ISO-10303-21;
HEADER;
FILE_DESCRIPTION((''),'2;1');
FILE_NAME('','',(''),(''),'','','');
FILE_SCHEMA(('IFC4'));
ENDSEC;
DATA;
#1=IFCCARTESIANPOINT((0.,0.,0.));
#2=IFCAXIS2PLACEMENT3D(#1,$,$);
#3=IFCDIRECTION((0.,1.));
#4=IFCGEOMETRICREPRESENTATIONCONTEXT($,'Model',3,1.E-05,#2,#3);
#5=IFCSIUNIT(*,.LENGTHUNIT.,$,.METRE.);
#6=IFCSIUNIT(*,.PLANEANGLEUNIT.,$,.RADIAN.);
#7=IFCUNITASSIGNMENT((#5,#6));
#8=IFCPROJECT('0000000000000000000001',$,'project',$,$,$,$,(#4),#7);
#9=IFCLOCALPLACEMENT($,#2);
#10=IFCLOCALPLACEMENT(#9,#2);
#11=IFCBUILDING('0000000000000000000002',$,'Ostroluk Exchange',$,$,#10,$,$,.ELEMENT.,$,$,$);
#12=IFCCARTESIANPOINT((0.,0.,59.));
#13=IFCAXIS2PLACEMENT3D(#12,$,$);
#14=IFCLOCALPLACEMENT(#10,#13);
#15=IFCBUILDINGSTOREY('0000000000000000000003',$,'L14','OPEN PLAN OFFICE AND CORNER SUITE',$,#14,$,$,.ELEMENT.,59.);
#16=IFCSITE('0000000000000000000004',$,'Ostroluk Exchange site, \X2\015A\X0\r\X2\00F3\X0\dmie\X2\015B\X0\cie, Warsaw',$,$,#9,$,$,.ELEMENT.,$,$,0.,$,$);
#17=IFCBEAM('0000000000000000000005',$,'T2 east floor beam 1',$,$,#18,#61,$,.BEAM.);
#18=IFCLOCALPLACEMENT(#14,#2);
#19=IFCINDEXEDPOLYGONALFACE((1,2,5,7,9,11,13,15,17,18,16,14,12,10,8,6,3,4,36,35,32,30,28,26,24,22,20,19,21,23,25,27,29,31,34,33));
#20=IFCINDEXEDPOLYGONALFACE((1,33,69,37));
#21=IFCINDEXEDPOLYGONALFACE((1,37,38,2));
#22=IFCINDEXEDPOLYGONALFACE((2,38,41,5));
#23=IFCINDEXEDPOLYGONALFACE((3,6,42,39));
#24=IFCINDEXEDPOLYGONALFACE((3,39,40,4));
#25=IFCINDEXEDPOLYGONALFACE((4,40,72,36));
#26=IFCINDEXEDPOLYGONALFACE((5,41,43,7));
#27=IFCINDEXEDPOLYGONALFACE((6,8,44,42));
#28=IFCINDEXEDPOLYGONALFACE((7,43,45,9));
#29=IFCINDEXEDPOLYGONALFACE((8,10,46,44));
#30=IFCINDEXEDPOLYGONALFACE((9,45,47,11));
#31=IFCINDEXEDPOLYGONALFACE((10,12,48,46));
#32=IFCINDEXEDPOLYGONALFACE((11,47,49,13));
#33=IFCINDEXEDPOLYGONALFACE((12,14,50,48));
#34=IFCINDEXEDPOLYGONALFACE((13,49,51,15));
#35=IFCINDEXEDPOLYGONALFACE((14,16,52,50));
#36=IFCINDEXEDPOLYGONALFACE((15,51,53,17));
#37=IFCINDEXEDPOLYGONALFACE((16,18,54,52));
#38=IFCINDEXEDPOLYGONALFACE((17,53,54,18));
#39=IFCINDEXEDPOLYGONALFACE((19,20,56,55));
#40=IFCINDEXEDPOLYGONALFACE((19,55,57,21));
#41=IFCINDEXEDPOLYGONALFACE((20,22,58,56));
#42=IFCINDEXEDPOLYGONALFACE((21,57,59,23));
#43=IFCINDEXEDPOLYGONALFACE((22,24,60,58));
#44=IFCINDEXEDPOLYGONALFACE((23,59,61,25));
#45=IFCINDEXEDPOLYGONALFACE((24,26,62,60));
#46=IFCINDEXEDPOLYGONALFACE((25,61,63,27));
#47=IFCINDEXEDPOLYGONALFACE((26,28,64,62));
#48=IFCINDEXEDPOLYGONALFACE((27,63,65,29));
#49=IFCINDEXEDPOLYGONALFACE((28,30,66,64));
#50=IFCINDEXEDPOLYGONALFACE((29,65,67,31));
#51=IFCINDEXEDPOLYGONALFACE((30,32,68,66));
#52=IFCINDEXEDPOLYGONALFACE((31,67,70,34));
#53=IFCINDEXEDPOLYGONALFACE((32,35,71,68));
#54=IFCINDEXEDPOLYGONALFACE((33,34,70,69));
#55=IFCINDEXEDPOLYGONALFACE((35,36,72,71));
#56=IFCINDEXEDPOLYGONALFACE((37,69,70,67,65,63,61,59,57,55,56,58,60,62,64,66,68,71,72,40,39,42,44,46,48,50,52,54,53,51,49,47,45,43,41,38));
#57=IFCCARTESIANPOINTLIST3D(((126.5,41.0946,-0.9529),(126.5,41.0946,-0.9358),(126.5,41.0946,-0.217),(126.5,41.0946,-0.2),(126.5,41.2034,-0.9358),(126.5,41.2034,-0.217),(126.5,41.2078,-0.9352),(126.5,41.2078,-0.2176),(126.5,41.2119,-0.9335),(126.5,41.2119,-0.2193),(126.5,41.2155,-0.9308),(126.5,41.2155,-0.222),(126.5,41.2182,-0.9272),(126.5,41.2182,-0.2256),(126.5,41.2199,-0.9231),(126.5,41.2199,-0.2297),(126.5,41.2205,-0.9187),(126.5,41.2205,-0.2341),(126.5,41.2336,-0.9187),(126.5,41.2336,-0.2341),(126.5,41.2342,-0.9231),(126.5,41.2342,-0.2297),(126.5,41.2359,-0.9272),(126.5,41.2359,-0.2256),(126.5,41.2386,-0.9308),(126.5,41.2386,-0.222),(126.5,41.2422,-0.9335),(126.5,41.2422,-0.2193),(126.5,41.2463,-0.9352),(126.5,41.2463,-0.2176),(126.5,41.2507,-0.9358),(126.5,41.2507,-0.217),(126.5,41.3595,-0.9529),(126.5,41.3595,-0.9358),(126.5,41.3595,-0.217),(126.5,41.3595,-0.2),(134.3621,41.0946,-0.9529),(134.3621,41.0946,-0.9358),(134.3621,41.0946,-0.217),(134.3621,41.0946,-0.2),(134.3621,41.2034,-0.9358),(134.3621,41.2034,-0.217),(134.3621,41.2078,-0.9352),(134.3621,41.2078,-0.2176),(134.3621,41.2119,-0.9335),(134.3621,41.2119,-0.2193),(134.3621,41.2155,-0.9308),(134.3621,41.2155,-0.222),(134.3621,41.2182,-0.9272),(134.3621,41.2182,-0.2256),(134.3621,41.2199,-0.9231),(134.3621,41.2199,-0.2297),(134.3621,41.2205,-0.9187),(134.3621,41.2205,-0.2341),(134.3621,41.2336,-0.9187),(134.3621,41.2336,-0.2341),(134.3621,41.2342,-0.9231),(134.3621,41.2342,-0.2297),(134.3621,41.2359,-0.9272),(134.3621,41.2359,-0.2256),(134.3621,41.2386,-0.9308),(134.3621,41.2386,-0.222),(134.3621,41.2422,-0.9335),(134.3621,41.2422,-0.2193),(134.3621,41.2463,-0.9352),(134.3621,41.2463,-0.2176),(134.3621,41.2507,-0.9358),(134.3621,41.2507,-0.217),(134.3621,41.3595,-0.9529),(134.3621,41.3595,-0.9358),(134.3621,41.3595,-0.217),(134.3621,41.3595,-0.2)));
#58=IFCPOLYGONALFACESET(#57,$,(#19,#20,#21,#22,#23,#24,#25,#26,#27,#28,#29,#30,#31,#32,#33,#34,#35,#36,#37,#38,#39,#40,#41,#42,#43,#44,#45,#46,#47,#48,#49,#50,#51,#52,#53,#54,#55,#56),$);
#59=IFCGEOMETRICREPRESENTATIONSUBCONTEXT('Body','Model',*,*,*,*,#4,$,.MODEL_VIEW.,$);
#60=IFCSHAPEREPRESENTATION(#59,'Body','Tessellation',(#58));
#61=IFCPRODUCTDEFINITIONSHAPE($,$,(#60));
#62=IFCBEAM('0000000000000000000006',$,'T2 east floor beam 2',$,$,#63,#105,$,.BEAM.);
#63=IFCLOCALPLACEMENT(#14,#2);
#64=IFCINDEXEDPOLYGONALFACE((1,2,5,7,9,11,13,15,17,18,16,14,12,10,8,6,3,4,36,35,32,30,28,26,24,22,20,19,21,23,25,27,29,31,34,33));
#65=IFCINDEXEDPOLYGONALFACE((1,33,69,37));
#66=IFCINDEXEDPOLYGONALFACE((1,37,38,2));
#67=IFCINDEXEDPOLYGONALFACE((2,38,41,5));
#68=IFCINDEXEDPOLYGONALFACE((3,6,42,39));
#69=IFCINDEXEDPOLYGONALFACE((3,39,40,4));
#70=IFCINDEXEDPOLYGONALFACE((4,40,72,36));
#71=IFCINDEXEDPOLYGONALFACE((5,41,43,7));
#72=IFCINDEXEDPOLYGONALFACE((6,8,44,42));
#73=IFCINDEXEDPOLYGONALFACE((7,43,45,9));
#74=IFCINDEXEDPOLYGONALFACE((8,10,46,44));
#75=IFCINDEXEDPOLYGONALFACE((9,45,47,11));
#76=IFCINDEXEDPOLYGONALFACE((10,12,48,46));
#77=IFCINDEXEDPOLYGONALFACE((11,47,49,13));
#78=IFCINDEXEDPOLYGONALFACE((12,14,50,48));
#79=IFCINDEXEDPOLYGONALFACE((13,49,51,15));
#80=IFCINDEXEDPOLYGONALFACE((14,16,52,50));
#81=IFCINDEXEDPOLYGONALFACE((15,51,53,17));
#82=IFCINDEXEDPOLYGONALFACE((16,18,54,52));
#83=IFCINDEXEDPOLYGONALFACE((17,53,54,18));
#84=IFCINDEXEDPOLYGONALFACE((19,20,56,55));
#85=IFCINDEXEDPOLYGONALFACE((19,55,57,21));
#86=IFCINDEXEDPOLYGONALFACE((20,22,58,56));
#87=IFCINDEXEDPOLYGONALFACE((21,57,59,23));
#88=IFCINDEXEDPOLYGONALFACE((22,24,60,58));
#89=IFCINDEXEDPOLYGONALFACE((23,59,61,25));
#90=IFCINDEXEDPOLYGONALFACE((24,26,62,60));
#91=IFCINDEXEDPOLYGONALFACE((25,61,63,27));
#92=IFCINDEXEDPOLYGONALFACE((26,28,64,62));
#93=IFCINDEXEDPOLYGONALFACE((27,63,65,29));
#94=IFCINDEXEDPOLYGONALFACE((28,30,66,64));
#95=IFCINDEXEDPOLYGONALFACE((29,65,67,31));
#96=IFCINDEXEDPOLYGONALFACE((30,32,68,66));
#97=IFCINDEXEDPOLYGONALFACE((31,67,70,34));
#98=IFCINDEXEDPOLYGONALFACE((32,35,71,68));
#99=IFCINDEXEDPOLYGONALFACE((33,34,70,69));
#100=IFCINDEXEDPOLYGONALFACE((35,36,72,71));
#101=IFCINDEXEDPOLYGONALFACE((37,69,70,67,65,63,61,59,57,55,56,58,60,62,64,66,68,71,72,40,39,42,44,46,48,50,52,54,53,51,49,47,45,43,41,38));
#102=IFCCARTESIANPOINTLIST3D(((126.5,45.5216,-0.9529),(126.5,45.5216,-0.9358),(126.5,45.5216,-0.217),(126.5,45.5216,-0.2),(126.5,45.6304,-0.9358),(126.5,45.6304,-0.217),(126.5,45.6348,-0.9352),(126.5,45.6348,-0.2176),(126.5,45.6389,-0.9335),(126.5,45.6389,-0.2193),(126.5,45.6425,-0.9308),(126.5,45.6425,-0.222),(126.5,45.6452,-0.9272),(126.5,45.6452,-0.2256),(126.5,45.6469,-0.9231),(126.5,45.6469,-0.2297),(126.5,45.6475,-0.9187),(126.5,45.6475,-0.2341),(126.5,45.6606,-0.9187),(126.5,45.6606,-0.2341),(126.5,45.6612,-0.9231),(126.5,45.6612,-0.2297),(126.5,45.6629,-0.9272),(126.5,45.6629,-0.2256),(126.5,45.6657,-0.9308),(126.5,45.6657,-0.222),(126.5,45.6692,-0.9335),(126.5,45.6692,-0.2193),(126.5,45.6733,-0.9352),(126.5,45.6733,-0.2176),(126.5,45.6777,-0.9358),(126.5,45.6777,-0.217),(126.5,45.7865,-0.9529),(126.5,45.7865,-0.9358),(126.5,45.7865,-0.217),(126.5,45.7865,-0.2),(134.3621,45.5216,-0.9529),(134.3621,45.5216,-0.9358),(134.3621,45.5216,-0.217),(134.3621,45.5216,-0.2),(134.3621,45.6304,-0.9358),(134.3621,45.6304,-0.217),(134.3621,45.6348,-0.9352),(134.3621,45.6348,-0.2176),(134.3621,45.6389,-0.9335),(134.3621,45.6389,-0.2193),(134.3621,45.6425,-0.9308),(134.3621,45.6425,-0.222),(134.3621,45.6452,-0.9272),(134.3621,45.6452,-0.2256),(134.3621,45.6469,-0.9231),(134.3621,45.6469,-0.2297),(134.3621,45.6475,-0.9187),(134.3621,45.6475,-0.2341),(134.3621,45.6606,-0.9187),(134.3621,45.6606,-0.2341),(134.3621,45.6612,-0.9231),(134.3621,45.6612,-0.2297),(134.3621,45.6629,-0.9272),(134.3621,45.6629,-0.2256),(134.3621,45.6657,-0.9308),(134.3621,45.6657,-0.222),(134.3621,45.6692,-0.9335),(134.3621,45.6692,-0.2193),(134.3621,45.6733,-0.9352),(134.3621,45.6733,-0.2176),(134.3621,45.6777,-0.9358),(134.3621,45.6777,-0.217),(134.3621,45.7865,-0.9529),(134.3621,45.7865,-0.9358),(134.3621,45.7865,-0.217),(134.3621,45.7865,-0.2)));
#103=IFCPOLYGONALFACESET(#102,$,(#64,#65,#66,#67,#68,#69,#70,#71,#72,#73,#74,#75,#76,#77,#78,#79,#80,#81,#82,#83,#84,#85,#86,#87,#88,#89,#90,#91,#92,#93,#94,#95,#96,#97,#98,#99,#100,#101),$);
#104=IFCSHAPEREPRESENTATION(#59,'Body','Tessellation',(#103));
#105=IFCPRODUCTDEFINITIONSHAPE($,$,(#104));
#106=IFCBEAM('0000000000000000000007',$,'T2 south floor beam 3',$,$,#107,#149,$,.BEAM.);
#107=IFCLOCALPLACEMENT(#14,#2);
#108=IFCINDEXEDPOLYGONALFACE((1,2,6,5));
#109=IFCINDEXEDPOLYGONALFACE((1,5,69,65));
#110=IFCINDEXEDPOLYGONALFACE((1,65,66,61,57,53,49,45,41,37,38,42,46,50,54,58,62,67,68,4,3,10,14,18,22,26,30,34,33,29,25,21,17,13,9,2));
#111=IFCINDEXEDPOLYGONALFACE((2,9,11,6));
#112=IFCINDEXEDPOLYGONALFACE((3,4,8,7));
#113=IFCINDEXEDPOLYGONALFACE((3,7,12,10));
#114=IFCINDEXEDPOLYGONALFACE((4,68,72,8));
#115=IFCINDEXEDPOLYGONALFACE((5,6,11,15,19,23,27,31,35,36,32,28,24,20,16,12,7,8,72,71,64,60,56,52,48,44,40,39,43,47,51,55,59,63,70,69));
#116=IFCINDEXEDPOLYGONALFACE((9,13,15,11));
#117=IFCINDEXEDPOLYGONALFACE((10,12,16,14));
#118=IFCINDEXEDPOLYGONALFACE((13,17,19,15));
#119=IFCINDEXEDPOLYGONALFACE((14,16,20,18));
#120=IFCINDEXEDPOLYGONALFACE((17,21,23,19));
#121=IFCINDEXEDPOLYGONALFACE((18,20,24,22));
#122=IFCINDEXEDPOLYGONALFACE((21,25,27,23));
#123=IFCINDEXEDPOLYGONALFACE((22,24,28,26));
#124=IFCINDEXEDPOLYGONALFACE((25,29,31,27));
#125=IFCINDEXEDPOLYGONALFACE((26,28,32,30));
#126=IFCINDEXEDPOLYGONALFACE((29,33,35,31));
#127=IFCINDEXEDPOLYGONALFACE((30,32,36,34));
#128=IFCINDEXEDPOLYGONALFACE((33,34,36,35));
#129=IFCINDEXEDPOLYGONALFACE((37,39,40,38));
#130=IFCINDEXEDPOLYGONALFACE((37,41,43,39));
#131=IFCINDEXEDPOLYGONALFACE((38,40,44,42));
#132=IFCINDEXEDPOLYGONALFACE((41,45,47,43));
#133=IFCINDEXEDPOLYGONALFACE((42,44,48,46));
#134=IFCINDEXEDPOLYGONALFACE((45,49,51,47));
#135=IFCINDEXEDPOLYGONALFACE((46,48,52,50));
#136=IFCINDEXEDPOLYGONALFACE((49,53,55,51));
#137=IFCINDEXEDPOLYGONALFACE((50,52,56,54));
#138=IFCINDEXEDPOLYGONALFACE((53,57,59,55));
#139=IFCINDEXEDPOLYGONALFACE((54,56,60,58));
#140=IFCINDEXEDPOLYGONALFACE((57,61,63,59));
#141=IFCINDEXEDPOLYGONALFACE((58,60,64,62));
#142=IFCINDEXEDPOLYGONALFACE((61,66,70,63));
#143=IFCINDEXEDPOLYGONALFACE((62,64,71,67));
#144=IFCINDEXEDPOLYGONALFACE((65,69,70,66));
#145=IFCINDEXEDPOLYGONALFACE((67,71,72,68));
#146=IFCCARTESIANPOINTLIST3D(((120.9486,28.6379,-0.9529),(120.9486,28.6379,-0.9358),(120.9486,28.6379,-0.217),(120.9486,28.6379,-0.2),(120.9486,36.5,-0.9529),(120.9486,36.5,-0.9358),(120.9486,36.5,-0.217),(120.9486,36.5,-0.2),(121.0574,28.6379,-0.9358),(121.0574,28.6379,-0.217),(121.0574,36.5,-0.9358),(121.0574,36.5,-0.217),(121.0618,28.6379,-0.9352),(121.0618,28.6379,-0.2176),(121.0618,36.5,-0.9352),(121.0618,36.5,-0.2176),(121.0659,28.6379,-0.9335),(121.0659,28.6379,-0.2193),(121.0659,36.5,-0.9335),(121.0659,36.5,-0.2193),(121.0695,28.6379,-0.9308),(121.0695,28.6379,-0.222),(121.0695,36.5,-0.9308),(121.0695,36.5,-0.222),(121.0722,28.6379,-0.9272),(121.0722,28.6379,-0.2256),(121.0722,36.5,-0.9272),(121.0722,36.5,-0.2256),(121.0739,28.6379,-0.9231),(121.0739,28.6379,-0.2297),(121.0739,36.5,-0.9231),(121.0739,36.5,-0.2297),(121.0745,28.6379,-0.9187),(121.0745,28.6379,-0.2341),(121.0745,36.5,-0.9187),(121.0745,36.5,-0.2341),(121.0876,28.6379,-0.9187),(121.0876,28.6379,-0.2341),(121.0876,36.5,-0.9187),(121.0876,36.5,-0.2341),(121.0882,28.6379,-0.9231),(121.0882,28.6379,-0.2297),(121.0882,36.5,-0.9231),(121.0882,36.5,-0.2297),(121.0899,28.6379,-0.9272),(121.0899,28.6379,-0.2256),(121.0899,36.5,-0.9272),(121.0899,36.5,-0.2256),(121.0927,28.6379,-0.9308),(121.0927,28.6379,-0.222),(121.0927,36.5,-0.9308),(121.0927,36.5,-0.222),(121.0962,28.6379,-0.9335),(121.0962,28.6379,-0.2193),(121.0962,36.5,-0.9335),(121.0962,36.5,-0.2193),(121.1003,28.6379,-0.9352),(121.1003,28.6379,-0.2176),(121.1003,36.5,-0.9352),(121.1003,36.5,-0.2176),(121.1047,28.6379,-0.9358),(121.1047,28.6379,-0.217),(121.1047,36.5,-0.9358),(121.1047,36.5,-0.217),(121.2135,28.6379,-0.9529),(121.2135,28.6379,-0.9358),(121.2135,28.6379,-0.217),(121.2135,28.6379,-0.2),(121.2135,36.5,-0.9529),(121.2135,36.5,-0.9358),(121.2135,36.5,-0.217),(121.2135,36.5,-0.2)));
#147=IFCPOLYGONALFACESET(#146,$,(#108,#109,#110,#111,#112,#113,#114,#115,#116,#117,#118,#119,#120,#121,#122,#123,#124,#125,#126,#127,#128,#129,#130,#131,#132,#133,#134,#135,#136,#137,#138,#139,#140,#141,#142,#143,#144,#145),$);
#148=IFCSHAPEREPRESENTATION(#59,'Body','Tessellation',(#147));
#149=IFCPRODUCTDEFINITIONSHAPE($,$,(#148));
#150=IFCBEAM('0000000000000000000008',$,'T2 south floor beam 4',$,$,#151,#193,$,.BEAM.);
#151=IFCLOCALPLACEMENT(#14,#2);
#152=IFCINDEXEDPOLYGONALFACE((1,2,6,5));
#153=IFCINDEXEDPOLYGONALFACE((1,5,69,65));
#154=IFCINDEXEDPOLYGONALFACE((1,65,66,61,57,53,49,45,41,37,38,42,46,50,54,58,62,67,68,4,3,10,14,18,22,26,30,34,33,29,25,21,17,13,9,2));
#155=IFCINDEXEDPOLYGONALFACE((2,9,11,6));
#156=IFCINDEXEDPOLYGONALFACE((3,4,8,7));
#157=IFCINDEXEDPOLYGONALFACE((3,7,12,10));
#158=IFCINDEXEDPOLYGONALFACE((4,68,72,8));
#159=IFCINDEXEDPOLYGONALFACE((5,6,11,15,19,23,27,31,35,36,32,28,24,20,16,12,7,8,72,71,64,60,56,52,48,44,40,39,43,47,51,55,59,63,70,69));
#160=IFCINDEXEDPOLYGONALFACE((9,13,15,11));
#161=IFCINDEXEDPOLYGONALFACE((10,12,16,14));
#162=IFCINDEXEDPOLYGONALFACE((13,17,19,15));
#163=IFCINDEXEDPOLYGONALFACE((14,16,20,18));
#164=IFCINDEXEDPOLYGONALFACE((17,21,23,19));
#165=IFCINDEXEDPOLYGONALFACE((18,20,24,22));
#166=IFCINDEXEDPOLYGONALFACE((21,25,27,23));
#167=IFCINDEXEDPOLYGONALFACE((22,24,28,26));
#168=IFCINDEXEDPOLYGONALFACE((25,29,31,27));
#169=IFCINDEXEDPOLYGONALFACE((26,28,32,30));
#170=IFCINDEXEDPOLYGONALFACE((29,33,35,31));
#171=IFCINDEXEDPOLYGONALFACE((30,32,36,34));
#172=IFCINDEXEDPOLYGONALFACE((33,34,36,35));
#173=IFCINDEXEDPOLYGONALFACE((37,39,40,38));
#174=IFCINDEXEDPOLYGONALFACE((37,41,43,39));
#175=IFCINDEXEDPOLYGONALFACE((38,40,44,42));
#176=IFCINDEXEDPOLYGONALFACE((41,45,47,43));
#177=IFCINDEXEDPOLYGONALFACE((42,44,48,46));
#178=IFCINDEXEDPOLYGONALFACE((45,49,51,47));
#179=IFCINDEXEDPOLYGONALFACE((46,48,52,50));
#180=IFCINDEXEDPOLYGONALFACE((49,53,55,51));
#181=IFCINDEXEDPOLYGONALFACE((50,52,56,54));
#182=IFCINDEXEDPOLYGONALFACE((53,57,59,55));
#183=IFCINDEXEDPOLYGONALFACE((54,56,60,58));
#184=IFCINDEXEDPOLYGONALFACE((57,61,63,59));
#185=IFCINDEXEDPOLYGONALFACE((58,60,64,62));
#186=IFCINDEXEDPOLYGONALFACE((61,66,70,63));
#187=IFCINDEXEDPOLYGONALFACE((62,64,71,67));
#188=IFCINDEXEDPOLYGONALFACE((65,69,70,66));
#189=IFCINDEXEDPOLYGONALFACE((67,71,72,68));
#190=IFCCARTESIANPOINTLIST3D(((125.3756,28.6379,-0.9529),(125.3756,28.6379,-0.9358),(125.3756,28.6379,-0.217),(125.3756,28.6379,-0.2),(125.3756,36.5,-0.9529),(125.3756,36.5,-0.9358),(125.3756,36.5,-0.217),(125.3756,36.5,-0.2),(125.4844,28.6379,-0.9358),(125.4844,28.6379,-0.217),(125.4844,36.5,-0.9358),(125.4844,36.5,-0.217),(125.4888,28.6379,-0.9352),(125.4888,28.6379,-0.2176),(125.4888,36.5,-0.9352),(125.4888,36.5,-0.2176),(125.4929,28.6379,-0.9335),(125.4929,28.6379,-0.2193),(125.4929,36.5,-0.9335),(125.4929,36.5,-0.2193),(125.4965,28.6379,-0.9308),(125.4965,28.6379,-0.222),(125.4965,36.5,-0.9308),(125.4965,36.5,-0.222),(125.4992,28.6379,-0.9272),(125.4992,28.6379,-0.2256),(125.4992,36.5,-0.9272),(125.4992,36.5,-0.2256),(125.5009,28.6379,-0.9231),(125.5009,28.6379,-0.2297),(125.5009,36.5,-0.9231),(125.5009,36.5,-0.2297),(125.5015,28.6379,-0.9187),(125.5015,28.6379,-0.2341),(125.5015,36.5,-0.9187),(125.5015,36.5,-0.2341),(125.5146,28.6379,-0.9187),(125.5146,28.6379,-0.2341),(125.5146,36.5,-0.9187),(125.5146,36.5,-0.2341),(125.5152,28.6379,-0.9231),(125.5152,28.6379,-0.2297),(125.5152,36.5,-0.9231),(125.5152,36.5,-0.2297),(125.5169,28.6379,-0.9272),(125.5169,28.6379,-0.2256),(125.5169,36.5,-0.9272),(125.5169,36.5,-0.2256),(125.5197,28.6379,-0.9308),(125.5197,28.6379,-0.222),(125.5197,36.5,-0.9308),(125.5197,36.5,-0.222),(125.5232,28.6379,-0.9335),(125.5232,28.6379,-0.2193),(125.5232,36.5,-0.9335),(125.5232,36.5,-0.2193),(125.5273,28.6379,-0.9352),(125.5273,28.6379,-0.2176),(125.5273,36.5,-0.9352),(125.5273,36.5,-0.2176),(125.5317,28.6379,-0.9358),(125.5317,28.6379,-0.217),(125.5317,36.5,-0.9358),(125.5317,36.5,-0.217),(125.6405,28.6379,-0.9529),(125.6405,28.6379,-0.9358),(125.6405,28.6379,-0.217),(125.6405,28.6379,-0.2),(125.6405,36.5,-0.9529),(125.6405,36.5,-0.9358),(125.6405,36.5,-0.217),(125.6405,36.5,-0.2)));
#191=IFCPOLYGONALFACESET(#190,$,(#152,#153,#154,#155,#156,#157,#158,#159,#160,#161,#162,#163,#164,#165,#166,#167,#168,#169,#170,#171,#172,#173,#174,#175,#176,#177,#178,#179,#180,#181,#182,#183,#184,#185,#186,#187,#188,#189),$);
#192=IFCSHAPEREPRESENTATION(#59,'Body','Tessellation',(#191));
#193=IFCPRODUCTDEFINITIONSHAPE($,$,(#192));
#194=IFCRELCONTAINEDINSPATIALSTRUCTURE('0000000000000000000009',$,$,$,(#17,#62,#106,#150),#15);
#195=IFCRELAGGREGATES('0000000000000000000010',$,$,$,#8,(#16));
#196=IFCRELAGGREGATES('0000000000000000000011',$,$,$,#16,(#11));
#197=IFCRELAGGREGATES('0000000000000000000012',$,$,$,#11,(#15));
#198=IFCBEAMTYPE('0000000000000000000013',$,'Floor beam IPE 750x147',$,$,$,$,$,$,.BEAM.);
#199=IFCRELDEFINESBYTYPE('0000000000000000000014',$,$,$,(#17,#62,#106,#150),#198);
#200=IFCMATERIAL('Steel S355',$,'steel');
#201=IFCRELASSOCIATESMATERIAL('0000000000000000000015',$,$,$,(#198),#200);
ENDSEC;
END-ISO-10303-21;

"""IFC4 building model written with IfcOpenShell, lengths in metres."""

from ifc_helpers import new_model, si_unit, direction, frame, origin, origin_2d, place, context, subcontext, project, spatial, i_section, extrude, material, material_profile, profile_set, type_object, element, save


model = new_model("IFC4")

# Units and contexts
model_context = context("Model", 3, precision=1e-05, world=origin(), true_north=direction((0.0, 1.0)))
body_context = subcontext(model_context, "Body", "Model", "MODEL_VIEW")
ifc_project = project(units=[si_unit("LENGTHUNIT", "METRE"), si_unit("PLANEANGLEUNIT", "RADIAN")], contexts=[model_context])

# Site, building, storey
site_placement = place(None, origin())
site = spatial("IfcSite", under=ifc_project, at=site_placement, Name="Ostroluk Exchange site, Śródmieście, Warsaw", CompositionType="ELEMENT", RefElevation=0.0)
building_placement = place(site_placement, origin())
building = spatial("IfcBuilding", under=site, at=building_placement, Name="Ostroluk Exchange", CompositionType="ELEMENT")
storey_placement = place(building_placement, frame((0.0, 0.0, 59.0)))
storey = spatial("IfcBuildingStorey", under=building, at=storey_placement, Name="L14", Description="OPEN PLAN OFFICE AND CORNER SUITE", CompositionType="ELEMENT", Elevation=59.0)

# Beams
ifc_material_1 = material(Name="Steel S355", Category="steel")
ifc_material_profile_1 = material_profile(ifc_material_1, i_section(OverallWidth=0.2649, OverallDepth=0.7529, WebThickness=0.0132, FlangeThickness=0.0171, FilletRadius=0.0171, at=origin_2d()), Name="IPE 750x147")
ifc_profile_set_1 = profile_set([ifc_material_profile_1], Name="Steel S355")
beam_type_1 = type_object("IfcBeamType", Name="Floor beam IPE 750x147", PredefinedType="BEAM", material=ifc_profile_set_1)
for number, where, z_axis, x_axis, name in (
    (1, (126.5, 41.2271, -0.5764), (1.0, 0.0, 0.0), (0.0, 1.0, 0.0), "T2 east floor beam 1"),
    (2, (126.5, 45.6541, -0.5764), (1.0, 0.0, 0.0), (0.0, 1.0, 0.0), "T2 east floor beam 2"),
    (3, (121.0811, 36.5, -0.5764), (0.0, -1.0, 0.0), (1.0, 0.0, 0.0), "T2 south floor beam 3"),
    (4, (125.5081, 36.5, -0.5764), (0.0, -1.0, 0.0), (1.0, 0.0, 0.0), "T2 south floor beam 4"),
):
    element("IfcBeam", number, at=place(storey_placement, frame(where, z_axis=z_axis, x_axis=x_axis)), inside=storey, type_object=beam_type_1, Name=name, PredefinedType="BEAM", context=body_context, shape_type="SweptSolid", body=[
        extrude(i_section(OverallWidth=0.2649, OverallDepth=0.7529, WebThickness=0.0132, FlangeThickness=0.0171, FilletRadius=0.0171, at=origin_2d()), origin(), (0.0, 0.0, 1.0), 7.8621),
    ])

save(model, "model.ifc")
